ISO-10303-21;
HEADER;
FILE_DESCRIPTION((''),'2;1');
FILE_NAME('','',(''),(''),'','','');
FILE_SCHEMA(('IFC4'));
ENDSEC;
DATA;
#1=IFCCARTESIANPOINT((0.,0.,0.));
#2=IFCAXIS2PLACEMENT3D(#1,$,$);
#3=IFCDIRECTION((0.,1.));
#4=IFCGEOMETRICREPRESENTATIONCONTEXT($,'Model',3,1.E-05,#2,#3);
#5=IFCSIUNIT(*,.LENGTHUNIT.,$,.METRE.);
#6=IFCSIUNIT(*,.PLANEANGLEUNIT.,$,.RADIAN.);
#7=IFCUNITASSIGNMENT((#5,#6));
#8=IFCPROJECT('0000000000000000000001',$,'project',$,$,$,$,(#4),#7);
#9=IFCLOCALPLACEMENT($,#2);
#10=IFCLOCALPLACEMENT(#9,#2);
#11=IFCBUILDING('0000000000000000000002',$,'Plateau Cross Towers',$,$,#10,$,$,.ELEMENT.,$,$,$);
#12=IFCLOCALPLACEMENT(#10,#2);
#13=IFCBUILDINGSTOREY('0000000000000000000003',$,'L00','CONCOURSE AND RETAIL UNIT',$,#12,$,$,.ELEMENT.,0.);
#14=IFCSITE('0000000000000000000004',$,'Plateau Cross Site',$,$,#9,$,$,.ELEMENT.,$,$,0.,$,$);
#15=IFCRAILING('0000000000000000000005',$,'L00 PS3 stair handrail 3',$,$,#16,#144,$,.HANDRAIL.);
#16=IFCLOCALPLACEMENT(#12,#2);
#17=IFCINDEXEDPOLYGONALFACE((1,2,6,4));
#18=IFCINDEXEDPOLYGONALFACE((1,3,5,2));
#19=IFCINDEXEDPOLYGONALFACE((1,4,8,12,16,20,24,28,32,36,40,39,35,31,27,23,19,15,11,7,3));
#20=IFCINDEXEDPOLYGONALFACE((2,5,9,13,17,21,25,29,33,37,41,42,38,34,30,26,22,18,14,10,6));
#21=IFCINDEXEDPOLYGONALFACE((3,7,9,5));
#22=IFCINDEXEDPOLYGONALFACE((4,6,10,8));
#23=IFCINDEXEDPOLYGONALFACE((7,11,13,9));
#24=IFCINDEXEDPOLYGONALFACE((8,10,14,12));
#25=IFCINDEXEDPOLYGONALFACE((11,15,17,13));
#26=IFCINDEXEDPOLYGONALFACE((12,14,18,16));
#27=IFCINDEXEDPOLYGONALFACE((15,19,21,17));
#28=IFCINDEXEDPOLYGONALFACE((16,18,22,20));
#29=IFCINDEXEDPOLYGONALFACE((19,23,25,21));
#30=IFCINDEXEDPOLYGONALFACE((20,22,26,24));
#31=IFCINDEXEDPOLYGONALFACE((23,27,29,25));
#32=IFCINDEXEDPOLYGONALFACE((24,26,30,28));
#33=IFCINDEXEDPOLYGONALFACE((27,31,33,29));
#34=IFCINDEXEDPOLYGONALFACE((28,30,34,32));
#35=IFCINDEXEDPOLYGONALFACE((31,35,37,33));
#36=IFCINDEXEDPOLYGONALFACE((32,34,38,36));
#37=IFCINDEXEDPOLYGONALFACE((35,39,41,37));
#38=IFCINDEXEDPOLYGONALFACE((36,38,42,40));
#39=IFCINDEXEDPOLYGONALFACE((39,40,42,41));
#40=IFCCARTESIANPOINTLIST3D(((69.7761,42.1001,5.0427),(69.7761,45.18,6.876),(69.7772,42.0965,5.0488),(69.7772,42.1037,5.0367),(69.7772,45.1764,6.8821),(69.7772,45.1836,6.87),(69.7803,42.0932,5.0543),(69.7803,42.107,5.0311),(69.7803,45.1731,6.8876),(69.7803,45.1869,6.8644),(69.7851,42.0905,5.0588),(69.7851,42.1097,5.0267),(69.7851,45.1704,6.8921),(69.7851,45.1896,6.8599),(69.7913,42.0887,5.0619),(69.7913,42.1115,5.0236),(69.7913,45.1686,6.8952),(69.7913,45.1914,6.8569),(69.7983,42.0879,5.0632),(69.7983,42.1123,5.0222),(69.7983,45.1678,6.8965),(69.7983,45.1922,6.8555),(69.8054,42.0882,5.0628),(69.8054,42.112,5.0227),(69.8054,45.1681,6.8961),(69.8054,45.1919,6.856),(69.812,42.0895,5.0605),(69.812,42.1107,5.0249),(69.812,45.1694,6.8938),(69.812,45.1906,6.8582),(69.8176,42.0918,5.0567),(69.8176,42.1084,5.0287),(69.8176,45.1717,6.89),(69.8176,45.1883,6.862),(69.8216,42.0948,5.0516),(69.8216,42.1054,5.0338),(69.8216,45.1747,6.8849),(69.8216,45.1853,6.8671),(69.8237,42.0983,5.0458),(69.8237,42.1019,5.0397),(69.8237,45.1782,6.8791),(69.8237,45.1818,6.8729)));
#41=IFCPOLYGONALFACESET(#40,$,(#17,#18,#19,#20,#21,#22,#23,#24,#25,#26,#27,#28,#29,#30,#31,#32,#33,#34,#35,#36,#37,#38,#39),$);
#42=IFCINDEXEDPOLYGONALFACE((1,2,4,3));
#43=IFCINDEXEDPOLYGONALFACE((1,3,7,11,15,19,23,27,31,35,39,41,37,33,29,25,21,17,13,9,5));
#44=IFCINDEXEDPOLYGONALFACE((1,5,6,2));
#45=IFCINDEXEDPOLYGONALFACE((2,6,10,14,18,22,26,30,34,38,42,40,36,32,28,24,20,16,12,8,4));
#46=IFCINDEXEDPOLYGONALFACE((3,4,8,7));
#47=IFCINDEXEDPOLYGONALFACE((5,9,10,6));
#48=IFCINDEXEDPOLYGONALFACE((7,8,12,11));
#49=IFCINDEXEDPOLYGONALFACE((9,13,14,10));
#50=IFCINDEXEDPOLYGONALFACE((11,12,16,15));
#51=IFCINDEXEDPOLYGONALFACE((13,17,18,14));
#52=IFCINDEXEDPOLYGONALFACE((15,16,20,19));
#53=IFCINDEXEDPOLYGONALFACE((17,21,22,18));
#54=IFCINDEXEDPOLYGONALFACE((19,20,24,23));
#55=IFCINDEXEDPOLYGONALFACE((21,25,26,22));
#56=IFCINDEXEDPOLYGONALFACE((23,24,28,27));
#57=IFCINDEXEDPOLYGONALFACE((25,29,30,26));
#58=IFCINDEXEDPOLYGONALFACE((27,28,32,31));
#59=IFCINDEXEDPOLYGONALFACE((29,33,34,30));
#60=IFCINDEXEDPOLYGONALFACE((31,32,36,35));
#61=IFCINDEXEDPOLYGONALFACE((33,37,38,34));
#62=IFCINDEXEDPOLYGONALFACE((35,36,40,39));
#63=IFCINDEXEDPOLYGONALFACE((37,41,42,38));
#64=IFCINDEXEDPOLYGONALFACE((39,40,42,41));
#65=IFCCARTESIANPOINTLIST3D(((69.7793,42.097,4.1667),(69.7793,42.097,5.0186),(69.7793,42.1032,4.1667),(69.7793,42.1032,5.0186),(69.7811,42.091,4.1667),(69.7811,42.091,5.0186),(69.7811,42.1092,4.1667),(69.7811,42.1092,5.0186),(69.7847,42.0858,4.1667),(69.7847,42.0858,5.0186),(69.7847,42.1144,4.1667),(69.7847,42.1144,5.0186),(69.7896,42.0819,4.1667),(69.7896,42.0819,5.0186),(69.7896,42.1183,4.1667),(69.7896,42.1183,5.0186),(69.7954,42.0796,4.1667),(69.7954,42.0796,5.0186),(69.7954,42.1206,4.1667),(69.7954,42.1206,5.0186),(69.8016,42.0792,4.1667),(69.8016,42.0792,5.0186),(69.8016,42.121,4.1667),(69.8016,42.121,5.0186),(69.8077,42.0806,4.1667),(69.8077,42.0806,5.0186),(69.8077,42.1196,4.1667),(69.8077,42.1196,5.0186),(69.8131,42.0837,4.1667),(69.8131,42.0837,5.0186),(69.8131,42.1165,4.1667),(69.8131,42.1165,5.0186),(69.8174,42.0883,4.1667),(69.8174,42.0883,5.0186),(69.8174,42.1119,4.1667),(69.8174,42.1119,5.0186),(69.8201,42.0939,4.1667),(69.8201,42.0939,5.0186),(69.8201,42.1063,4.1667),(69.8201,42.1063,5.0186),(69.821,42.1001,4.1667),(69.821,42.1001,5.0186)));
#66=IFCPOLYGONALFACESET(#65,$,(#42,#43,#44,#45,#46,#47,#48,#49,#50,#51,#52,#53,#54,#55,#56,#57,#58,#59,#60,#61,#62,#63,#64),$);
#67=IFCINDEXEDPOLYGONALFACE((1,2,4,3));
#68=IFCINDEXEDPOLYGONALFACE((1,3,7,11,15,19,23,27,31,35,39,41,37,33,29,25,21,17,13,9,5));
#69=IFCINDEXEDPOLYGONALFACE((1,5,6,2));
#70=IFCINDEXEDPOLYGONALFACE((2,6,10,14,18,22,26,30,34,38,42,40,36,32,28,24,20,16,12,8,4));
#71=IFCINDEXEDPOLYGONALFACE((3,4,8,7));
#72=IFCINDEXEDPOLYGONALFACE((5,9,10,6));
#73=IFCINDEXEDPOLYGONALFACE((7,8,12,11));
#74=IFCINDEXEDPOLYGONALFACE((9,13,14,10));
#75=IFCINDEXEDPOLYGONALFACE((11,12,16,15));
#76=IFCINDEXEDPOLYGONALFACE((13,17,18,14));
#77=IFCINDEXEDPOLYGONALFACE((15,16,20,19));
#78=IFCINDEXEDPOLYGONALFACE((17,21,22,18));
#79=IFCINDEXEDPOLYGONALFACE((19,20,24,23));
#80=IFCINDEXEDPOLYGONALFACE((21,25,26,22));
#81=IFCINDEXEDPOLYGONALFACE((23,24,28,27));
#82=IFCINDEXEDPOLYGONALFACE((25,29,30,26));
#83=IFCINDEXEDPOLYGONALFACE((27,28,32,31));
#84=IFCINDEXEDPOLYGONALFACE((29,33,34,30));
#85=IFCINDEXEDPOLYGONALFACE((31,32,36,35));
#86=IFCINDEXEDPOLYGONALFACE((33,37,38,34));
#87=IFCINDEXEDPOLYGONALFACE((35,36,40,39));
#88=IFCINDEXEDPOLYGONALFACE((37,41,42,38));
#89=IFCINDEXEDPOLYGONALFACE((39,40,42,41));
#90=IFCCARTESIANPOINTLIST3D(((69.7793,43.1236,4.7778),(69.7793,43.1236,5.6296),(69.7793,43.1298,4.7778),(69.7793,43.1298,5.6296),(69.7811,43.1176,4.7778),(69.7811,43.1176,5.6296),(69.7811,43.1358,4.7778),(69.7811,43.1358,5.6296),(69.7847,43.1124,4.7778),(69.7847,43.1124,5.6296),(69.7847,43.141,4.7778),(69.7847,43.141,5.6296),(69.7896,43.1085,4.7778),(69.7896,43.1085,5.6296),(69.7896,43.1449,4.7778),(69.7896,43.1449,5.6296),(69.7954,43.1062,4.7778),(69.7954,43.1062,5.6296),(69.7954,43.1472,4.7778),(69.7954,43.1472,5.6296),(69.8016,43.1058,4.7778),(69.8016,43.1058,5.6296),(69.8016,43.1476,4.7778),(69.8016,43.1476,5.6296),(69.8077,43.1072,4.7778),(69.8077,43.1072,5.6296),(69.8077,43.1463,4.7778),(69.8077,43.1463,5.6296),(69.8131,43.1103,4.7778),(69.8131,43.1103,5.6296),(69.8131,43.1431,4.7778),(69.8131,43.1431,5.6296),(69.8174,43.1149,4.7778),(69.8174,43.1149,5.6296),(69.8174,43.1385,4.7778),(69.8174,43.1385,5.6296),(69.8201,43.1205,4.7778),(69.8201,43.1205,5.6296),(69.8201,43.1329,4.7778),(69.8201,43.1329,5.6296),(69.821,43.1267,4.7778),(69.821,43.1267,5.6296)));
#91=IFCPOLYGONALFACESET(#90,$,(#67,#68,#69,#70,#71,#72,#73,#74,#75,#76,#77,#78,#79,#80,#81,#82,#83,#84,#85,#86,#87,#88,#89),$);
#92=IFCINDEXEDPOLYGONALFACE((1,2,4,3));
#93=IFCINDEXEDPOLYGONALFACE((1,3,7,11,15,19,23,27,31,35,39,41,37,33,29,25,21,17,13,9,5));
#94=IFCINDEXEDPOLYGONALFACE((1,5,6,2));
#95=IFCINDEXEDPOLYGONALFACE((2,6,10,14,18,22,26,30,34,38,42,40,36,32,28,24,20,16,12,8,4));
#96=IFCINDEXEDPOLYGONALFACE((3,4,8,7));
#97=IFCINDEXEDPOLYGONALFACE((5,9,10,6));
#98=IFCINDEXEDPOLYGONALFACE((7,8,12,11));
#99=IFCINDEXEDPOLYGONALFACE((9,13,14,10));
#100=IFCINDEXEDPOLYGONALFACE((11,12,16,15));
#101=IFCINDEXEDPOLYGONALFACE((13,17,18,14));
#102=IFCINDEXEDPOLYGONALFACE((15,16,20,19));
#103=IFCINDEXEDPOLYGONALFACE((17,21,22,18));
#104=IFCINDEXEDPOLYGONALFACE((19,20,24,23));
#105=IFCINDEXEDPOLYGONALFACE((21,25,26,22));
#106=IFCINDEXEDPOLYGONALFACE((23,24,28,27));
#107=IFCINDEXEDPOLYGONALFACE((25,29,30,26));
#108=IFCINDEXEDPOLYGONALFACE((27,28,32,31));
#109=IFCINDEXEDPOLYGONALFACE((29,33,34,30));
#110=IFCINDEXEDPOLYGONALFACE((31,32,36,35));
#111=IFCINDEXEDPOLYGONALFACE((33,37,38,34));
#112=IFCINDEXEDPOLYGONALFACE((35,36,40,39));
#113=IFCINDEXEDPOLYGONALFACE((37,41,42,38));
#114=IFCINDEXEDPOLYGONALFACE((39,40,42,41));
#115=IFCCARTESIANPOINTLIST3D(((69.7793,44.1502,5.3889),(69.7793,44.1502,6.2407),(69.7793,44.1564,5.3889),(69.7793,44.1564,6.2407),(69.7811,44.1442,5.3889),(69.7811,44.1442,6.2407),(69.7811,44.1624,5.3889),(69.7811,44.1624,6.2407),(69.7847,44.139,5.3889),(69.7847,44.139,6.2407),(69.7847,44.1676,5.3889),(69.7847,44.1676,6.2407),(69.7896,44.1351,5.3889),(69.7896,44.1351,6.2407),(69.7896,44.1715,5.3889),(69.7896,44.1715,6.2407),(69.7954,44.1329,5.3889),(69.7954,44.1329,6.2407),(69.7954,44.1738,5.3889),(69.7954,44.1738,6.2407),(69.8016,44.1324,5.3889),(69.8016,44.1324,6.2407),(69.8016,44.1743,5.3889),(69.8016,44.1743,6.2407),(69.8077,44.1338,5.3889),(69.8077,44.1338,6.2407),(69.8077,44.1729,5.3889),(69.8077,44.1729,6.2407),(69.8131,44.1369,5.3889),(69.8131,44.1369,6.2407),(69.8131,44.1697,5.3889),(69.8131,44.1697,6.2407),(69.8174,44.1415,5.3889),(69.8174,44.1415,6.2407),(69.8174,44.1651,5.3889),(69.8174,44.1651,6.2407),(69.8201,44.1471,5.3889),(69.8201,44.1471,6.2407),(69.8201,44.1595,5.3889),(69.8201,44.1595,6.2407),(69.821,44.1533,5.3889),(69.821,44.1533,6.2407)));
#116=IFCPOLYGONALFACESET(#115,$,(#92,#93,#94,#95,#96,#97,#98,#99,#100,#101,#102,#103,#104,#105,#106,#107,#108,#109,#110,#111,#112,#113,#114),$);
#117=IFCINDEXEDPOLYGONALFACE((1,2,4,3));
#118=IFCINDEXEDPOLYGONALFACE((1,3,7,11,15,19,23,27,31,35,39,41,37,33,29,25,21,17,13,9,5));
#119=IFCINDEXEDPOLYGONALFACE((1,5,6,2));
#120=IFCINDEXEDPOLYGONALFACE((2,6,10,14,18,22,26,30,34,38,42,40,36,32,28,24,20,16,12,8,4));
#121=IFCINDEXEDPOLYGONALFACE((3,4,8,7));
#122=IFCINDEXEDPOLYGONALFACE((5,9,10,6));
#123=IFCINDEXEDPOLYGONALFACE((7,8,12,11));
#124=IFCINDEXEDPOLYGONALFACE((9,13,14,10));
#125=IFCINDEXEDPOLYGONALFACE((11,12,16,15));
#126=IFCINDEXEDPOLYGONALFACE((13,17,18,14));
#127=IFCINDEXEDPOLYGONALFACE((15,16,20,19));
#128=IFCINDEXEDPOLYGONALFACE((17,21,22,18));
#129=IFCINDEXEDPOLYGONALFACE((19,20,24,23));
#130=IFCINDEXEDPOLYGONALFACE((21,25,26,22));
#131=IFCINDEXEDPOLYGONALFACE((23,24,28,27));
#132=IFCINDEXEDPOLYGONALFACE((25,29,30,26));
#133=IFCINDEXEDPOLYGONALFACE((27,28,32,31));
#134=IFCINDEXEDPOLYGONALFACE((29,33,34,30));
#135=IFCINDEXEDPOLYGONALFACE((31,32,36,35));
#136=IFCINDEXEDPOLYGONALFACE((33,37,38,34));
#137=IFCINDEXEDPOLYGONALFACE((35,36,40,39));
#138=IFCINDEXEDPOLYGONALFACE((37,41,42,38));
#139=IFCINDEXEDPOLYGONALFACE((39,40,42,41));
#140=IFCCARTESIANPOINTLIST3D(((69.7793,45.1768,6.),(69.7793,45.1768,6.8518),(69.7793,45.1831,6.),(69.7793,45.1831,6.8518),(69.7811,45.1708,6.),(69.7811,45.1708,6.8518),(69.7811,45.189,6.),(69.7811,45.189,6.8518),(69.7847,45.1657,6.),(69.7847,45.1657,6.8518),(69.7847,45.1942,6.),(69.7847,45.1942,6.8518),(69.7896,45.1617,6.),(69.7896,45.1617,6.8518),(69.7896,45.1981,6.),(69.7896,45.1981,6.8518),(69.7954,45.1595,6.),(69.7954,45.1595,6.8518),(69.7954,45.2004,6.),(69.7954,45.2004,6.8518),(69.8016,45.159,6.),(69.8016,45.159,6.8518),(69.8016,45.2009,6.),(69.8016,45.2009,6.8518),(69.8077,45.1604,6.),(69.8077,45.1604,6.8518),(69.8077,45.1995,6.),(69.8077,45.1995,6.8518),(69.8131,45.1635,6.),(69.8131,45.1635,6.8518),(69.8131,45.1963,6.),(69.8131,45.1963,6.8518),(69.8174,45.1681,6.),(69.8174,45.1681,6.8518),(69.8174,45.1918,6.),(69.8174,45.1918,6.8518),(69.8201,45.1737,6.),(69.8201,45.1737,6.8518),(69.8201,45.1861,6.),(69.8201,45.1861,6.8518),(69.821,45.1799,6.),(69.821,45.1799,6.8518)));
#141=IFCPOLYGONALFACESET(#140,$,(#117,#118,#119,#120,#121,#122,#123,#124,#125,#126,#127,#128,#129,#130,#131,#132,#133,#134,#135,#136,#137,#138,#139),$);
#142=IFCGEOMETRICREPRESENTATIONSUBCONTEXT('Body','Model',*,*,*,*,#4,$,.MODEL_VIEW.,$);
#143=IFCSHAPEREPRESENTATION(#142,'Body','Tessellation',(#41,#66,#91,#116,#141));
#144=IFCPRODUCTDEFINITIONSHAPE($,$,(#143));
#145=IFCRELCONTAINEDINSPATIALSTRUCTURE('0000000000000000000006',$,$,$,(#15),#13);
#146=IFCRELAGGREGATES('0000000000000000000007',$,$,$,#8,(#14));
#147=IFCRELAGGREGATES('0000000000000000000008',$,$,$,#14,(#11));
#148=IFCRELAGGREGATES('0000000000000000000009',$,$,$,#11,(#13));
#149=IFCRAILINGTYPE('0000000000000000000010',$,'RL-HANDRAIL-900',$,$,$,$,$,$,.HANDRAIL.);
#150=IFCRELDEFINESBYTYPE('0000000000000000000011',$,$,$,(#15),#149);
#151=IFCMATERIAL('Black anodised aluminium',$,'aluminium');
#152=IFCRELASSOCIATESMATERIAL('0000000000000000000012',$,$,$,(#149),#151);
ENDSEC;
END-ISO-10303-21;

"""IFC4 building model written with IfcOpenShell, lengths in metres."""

from ifc_helpers import new_model, si_unit, direction, frame, origin, origin_2d, place, context, subcontext, project, spatial, circle, extrude, material, type_object, element, save


model = new_model("IFC4")

# Units and contexts
model_context = context("Model", 3, precision=1e-05, world=origin(), true_north=direction((0.0, 1.0)))
body_context = subcontext(model_context, "Body", "Model", "MODEL_VIEW")
ifc_project = project(units=[si_unit("LENGTHUNIT", "METRE"), si_unit("PLANEANGLEUNIT", "RADIAN")], contexts=[model_context])

# Site, building, storey
site_placement = place(None, origin())
site = spatial("IfcSite", under=ifc_project, at=site_placement, Name="Plateau Cross Site", CompositionType="ELEMENT", RefElevation=0.0)
building_placement = place(site_placement, origin())
building = spatial("IfcBuilding", under=site, at=building_placement, Name="Plateau Cross Towers", CompositionType="ELEMENT")
storey_placement = place(building_placement, origin())
storey = spatial("IfcBuildingStorey", under=building, at=storey_placement, Name="L00", Description="CONCOURSE AND RETAIL UNIT", CompositionType="ELEMENT", Elevation=0.0)

# Railing
ifc_material_1 = material(Name="Black anodised aluminium", Category="aluminium")
railing_type_1 = type_object("IfcRailingType", Name="RL-HANDRAIL-900", PredefinedType="HANDRAIL", material=ifc_material_1)
for number, where, name in (
    (1, (69.8, 42.1001, 4.1667), "L00 PS3 stair handrail 3"),
):
    element("IfcRailing", number, at=place(storey_placement, frame(where)), inside=storey, type_object=railing_type_1, Name=name, PredefinedType="HANDRAIL", context=body_context, shape_type="SweptSolid", body=[
        extrude(circle(Radius=0.0239, at=origin_2d()), frame((0.0, 0.0, 0.876), z_axis=(0.0, 0.859291, 0.511487), x_axis=(-1.0, 0.0, 0.0)), (0.0, 0.0, 1.0), 3.5842),
        extrude(circle(Radius=0.021, at=origin_2d()), origin(), (0.0, 0.0, 1.0), 0.8518),
        extrude(circle(Radius=0.021, at=origin_2d()), frame((0.0, 1.0266, 0.6111)), (0.0, 0.0, 1.0), 0.8518),
        extrude(circle(Radius=0.021, at=origin_2d()), frame((0.0, 2.0532, 1.2222)), (0.0, 0.0, 1.0), 0.8518),
        extrude(circle(Radius=0.021, at=origin_2d()), frame((0.0, 3.0798, 1.8333)), (0.0, 0.0, 1.0), 0.8518),
    ])

save(model, "model.ifc")
